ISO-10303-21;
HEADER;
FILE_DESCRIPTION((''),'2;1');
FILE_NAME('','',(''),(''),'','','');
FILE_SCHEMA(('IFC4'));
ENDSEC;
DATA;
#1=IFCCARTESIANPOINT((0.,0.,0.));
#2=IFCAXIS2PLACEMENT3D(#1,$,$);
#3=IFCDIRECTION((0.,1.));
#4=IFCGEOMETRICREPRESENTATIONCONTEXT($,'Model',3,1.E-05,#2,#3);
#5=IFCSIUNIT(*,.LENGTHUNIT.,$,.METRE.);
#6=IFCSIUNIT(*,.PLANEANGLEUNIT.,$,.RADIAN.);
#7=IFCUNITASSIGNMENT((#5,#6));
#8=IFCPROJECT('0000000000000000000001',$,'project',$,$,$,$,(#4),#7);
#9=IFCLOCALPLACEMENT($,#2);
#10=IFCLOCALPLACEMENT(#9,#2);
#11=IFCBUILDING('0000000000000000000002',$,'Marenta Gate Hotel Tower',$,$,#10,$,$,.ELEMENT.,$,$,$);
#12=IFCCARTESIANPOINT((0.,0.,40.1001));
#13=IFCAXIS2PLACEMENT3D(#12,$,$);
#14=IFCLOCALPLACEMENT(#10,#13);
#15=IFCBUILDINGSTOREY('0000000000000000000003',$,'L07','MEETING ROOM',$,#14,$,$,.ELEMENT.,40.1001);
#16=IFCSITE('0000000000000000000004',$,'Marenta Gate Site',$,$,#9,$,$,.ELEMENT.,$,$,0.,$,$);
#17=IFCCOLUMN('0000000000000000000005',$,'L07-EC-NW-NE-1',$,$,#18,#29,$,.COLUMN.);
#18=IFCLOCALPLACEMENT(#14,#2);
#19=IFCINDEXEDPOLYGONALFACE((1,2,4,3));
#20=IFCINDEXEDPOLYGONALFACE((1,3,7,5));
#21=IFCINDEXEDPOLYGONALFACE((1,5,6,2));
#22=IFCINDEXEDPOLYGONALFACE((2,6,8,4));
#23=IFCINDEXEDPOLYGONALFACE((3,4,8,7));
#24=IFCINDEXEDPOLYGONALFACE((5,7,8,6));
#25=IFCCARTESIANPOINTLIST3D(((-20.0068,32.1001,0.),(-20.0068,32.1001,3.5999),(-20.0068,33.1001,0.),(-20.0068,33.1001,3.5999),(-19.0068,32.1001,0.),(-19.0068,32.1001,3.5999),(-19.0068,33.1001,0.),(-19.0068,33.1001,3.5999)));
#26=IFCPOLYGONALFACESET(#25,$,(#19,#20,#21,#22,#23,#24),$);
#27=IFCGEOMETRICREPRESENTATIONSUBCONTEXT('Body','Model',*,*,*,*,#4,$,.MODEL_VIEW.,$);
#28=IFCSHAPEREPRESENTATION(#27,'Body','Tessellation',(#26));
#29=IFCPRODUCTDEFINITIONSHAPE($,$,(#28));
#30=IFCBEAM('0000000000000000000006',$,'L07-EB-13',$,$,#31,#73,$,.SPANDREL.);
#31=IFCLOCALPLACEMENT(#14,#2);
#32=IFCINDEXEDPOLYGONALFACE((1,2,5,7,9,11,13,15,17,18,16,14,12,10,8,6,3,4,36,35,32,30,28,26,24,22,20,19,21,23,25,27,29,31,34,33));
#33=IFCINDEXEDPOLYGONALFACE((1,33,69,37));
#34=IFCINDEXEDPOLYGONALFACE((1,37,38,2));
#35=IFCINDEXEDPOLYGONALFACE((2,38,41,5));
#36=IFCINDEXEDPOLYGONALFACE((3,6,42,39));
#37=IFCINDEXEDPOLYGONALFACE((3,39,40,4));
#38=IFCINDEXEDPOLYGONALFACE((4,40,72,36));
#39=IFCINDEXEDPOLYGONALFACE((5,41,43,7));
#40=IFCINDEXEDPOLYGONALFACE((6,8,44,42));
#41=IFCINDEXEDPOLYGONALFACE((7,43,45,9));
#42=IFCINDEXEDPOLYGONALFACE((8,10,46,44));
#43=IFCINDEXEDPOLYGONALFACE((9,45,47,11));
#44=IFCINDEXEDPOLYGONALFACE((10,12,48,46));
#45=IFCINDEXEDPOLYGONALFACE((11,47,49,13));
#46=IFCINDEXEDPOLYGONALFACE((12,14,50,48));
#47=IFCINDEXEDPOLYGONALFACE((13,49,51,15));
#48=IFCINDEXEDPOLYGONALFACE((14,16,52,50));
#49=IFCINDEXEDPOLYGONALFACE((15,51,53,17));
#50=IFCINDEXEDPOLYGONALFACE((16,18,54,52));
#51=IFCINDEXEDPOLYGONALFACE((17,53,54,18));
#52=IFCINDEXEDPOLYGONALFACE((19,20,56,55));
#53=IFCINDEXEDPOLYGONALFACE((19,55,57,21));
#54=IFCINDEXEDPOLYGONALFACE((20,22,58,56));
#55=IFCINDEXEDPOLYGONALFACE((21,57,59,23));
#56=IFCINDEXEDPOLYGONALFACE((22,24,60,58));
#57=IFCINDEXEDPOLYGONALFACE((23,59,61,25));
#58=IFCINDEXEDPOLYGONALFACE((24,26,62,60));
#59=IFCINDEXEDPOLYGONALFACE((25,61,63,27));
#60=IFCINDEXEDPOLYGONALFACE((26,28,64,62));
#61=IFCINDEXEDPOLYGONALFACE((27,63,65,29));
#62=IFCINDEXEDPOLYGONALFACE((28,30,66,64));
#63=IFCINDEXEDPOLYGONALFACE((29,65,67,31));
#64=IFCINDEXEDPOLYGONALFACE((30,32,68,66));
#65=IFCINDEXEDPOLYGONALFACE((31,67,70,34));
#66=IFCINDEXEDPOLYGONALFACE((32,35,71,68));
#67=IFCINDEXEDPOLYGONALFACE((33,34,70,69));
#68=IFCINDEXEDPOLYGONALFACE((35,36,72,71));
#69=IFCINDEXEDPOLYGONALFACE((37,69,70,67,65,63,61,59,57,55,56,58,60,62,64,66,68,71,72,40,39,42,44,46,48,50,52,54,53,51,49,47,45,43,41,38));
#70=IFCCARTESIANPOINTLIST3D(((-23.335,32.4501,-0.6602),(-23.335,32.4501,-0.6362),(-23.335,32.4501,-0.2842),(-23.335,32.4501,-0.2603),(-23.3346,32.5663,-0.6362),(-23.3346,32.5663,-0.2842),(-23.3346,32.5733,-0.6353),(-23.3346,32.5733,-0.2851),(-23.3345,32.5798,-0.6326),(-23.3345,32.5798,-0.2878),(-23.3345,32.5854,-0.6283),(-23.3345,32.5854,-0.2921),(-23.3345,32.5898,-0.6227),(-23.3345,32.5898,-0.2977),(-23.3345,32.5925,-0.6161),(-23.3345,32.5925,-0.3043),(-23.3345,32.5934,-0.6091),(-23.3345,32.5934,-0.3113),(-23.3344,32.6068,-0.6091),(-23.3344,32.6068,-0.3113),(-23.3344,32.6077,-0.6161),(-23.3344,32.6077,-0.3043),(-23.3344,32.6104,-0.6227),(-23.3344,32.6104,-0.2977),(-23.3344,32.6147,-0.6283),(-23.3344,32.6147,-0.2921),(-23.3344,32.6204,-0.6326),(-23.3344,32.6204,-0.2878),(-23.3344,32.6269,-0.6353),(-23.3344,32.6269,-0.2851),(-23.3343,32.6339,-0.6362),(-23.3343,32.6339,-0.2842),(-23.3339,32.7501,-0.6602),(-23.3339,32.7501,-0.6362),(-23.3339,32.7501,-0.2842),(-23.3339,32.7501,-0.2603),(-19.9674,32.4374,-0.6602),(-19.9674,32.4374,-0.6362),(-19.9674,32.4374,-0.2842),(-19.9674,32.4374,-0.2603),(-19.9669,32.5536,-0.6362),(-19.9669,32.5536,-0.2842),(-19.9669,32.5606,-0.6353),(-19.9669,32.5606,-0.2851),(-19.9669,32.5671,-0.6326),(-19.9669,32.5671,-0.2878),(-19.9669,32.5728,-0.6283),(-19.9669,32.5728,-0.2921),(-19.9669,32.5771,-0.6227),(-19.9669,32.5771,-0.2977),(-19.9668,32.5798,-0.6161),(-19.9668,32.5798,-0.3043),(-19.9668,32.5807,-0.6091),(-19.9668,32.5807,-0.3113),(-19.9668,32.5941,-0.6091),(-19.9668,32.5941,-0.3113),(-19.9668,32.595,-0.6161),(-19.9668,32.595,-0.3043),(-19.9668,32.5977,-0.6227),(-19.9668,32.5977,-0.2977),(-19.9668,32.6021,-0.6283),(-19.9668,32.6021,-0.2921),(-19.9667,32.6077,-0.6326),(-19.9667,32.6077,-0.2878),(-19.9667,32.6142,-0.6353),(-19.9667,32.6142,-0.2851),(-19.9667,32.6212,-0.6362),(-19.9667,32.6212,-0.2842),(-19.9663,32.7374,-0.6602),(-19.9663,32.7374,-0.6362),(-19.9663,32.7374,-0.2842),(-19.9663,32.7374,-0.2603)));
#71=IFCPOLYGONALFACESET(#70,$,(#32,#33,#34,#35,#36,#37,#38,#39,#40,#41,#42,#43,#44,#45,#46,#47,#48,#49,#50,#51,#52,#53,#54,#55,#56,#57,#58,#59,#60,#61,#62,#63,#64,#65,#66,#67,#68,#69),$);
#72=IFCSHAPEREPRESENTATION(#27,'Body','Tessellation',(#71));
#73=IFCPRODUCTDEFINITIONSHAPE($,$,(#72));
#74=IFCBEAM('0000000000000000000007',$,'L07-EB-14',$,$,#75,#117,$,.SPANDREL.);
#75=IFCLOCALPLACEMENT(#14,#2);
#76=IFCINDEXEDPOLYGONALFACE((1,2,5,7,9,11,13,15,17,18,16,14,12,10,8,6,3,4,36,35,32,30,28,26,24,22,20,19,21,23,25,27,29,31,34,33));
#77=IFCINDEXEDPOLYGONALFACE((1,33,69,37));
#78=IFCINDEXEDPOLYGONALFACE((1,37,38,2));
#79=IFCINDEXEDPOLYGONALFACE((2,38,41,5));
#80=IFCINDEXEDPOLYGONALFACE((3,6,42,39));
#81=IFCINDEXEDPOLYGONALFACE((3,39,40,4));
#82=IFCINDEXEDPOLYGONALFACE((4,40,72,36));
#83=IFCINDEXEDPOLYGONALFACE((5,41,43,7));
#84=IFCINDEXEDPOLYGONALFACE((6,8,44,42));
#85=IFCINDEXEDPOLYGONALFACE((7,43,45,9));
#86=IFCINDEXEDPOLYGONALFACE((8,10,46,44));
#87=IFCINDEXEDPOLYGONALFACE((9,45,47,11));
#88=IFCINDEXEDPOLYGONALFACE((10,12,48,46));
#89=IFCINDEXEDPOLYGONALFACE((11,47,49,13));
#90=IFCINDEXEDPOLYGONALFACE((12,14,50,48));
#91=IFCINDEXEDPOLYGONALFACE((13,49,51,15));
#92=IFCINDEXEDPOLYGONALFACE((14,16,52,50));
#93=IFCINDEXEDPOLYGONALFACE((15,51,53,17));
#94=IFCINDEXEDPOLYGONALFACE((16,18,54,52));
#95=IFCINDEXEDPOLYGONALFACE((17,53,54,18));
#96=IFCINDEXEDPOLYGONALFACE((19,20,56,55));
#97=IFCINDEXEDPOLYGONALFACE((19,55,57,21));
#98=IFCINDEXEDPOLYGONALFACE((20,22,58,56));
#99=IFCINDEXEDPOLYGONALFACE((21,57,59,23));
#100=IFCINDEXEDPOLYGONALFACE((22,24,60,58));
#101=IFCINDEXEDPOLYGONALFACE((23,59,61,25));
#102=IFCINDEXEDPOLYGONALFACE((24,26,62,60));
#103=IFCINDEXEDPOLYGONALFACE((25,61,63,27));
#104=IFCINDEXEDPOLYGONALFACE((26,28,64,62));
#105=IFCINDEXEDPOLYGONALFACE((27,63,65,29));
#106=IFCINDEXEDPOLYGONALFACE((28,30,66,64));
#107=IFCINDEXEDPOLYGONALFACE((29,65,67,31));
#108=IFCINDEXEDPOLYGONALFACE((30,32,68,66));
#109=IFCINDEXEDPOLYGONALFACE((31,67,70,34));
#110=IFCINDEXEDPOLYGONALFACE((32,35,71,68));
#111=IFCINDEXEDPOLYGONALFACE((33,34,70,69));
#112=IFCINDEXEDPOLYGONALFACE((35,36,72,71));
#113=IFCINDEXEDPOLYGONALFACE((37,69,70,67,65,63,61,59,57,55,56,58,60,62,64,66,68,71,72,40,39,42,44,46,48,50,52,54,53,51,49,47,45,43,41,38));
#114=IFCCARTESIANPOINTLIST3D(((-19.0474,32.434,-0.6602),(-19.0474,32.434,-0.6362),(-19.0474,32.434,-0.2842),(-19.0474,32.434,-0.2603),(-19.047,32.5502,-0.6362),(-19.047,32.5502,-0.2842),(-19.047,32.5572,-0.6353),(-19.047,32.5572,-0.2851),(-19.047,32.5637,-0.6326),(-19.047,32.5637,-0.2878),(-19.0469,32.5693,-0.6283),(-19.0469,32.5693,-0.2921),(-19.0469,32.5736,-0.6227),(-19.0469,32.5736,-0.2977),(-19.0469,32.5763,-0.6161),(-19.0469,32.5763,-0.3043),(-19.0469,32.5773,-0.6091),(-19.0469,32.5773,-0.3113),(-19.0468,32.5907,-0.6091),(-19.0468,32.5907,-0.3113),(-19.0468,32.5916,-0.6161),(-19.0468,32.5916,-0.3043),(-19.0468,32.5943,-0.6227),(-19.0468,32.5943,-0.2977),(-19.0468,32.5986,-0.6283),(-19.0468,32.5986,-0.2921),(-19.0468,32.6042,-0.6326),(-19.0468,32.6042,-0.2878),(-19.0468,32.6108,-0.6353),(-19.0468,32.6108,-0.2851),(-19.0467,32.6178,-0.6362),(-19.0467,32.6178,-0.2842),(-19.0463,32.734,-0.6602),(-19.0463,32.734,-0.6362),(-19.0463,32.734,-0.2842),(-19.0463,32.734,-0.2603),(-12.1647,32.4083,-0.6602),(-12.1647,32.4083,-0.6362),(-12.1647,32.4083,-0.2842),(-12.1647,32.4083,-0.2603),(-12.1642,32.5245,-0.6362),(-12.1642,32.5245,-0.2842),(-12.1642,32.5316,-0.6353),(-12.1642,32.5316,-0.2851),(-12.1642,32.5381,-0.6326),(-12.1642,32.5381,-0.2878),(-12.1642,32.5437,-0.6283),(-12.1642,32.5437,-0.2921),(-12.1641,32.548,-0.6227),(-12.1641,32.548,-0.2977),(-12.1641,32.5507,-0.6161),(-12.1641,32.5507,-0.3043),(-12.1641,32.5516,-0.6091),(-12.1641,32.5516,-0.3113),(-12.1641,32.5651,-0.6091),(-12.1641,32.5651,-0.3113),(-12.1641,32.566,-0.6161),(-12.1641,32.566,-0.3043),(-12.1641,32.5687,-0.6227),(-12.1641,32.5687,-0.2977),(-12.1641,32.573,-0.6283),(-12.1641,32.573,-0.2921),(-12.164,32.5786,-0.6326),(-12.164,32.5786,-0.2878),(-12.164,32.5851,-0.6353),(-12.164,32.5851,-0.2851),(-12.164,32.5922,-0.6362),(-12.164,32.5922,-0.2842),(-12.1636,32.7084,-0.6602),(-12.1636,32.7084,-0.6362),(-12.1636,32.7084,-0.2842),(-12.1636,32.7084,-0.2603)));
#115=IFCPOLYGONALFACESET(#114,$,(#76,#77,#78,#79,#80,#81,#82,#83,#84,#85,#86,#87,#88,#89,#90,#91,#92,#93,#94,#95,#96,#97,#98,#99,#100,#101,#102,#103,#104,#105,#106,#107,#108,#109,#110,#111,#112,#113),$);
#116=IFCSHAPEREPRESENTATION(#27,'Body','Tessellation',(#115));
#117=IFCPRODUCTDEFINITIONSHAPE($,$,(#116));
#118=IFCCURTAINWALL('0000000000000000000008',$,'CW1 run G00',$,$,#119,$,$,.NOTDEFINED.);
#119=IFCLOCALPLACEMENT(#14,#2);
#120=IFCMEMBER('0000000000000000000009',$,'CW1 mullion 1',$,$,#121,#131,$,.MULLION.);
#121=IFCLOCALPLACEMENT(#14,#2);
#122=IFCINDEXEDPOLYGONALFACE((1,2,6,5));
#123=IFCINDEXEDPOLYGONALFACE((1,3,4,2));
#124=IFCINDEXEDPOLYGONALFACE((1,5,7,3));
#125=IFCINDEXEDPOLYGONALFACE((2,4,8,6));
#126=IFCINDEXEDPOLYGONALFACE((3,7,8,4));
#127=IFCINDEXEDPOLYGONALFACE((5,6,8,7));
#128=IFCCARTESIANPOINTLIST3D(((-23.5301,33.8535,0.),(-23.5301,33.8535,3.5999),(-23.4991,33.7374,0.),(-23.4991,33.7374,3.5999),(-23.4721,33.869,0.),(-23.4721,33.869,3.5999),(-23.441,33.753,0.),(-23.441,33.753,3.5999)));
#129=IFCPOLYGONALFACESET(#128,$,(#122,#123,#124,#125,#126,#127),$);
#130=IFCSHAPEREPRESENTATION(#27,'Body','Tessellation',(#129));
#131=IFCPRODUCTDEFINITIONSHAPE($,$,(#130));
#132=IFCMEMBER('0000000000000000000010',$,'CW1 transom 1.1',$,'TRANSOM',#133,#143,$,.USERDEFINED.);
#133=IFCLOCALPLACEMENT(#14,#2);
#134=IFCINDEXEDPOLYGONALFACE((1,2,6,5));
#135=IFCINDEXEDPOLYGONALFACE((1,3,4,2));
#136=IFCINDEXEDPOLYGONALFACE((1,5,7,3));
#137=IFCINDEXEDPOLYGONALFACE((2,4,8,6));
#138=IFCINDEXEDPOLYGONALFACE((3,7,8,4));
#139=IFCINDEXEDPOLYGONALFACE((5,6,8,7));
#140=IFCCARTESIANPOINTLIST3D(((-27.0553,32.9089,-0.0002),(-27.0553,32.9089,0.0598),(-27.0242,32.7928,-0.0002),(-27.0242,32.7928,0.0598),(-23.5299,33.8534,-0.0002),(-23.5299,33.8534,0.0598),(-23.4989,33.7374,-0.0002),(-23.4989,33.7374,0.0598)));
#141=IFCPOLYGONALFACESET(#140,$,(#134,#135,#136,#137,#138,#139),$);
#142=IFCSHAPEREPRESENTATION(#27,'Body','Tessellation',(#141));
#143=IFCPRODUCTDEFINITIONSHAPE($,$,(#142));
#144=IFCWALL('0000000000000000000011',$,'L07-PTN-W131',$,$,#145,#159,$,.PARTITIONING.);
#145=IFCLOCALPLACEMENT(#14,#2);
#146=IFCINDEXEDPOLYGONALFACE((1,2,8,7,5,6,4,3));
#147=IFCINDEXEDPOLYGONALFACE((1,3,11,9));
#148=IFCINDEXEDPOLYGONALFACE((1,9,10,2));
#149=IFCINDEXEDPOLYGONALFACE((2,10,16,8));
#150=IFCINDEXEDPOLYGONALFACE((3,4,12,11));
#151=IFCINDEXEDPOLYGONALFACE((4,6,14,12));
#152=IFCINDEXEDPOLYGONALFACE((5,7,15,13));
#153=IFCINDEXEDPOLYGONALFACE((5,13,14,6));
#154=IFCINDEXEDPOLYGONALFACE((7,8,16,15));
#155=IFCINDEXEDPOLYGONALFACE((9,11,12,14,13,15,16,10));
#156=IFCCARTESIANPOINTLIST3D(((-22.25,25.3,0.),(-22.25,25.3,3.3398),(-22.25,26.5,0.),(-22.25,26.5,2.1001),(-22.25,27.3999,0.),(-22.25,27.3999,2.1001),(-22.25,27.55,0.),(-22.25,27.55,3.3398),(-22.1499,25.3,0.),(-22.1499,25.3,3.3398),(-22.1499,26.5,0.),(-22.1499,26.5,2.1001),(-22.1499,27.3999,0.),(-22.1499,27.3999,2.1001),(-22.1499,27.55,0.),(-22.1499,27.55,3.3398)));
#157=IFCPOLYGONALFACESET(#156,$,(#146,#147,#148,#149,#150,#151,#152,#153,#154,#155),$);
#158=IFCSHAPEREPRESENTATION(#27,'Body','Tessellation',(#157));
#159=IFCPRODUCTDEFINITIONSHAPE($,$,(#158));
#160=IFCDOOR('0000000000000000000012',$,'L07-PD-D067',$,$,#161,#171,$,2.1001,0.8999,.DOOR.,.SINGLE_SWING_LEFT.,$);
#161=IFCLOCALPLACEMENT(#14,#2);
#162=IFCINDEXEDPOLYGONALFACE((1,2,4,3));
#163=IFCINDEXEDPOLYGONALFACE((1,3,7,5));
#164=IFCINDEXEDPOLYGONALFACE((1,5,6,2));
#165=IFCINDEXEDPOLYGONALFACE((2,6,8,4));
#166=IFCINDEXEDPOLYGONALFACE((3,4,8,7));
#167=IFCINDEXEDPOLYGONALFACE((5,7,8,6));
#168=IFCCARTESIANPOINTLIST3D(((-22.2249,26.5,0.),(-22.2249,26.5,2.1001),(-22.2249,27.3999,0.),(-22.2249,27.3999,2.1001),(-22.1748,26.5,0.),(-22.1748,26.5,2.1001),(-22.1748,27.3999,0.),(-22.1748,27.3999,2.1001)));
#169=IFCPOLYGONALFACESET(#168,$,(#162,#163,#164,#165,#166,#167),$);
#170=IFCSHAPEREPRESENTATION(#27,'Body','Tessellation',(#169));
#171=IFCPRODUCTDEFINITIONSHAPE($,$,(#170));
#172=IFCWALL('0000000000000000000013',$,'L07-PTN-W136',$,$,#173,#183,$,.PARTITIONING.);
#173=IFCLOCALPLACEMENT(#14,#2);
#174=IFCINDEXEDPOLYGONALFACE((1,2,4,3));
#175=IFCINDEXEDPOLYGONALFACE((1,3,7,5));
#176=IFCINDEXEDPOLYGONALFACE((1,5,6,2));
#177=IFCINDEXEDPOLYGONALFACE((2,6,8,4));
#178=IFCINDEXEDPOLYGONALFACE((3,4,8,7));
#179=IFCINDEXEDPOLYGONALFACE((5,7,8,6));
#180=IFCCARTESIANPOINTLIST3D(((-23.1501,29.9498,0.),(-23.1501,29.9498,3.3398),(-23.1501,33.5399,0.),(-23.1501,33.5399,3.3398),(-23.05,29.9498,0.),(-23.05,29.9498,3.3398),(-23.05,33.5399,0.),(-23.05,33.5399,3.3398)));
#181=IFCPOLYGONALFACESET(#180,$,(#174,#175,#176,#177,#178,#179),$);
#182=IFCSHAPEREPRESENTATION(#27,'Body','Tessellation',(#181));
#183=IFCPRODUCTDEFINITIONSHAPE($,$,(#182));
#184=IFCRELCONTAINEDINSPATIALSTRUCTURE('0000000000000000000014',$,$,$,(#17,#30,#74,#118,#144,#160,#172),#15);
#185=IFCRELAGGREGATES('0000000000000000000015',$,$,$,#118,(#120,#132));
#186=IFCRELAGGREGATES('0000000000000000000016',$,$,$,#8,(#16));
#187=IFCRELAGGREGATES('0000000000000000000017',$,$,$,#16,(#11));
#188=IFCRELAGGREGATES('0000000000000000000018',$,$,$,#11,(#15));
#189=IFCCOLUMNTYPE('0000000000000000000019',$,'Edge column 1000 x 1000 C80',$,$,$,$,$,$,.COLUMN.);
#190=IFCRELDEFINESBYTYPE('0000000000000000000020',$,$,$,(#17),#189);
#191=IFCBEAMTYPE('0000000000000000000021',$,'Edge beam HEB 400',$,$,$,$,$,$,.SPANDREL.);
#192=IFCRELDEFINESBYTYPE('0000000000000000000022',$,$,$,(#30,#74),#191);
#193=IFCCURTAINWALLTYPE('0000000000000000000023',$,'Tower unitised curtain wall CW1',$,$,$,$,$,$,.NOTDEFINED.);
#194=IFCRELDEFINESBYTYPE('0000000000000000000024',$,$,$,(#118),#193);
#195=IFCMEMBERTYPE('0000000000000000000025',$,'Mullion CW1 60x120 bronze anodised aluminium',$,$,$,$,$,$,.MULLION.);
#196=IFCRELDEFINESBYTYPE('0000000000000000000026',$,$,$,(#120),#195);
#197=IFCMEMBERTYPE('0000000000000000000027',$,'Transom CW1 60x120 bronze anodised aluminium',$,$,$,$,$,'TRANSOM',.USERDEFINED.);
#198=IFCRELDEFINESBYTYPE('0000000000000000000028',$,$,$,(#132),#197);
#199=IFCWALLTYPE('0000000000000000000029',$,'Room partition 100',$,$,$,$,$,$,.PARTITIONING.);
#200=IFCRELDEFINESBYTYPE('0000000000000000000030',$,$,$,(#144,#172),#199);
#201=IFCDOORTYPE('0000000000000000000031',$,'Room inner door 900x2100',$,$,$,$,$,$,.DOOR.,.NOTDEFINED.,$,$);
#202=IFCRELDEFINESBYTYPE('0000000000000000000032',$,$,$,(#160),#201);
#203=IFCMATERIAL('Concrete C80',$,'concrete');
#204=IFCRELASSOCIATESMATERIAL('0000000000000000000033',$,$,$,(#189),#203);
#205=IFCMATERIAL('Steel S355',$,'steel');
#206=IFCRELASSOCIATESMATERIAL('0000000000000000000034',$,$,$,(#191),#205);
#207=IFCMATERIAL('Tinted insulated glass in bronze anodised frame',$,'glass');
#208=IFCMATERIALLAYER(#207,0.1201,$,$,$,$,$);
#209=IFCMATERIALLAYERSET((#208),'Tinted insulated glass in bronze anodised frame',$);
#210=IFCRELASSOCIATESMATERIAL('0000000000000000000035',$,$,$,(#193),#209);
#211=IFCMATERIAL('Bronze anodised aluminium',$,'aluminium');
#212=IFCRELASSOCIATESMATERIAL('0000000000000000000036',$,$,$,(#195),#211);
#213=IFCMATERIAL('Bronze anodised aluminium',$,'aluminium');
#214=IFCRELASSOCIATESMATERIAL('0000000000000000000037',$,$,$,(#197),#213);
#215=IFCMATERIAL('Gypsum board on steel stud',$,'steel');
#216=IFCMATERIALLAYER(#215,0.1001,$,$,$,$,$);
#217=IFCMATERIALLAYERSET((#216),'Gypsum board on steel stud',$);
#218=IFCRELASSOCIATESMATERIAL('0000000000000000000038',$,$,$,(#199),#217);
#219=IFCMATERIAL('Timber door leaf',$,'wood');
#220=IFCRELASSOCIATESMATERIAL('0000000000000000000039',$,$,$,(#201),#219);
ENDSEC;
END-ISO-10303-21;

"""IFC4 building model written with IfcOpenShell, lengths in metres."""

from ifc_helpers import new_model, si_unit, direction, frame, frame_2d, origin, origin_2d, place, context, subcontext, project, spatial, rectangle, i_section, extrude, material, layer, layer_set, material_profile, profile_set, type_object, element, fill, aggregate, save


model = new_model("IFC4")

# Units and contexts
model_context = context("Model", 3, precision=1e-05, world=origin(), true_north=direction((0.0, 1.0)))
body_context = subcontext(model_context, "Body", "Model", "MODEL_VIEW")
ifc_project = project(units=[si_unit("LENGTHUNIT", "METRE"), si_unit("PLANEANGLEUNIT", "RADIAN")], contexts=[model_context])

# Site, building, storey
site_placement = place(None, origin())
site = spatial("IfcSite", under=ifc_project, at=site_placement, Name="Marenta Gate Site", CompositionType="ELEMENT", RefElevation=0.0)
building_placement = place(site_placement, origin())
building = spatial("IfcBuilding", under=site, at=building_placement, Name="Marenta Gate Hotel Tower", CompositionType="ELEMENT")
storey_placement = place(building_placement, frame((0.0, 0.0, 40.1001)))
storey = spatial("IfcBuildingStorey", under=building, at=storey_placement, Name="L07", Description="MEETING ROOM", CompositionType="ELEMENT", Elevation=40.1001)

# Column
ifc_material_1 = material(Name="Concrete C80", Category="concrete")
ifc_material_profile_1 = material_profile(ifc_material_1, rectangle(XDim=1.0, YDim=1.0, at=origin_2d()), Name="1000 x 1000")
ifc_profile_set_1 = profile_set([ifc_material_profile_1], Name="Concrete C80")
column_type = type_object("IfcColumnType", Name="Edge column 1000 x 1000 C80", PredefinedType="COLUMN", material=ifc_profile_set_1)
column_placement = place(storey_placement, frame((-19.5068, 32.6001, 0.0), z_axis=(0.0, 0.0, 1.0), x_axis=(1.0, 0.0, 0.0)))
element("IfcColumn", 1, at=column_placement, inside=storey, type_object=column_type, Name="L07-EC-NW-NE-1", PredefinedType="COLUMN", context=body_context, shape_type="SweptSolid", body=[
    extrude(rectangle(XDim=1.0, YDim=1.0, at=origin_2d()), origin(), (0.0, 0.0, 1.0), 3.5999),
])

# Beams
ifc_material_2 = material(Name="Steel S355", Category="steel")
ifc_material_profile_2 = material_profile(ifc_material_2, i_section(OverallWidth=0.3, OverallDepth=0.3999, WebThickness=0.0134, FlangeThickness=0.0239, FilletRadius=0.0271, at=origin_2d()), Name="HEB 400")
ifc_profile_set_2 = profile_set([ifc_material_profile_2], Name="Steel S355")
beam_type = type_object("IfcBeamType", Name="Edge beam HEB 400", PredefinedType="SPANDREL", material=ifc_profile_set_2)
beam_1_placement = place(storey_placement, frame((-23.3345, 32.6001, -0.4602), z_axis=(0.999993, -0.00377, 0.0), x_axis=(0.00377, 0.999993, 0.0)))
element("IfcBeam", 2, at=beam_1_placement, inside=storey, type_object=beam_type, Name="L07-EB-13", PredefinedType="SPANDREL", context=body_context, shape_type="SweptSolid", body=[
    extrude(i_section(OverallWidth=0.3, OverallDepth=0.3999, WebThickness=0.0134, FlangeThickness=0.0239, FilletRadius=0.0271, at=origin_2d()), origin(), (0.0, 0.0, 1.0), 3.3677),
])
beam_2_placement = place(storey_placement, frame((-19.0469, 32.584, -0.4602), z_axis=(0.999993, -0.003724, 0.0), x_axis=(0.003724, 0.999993, 0.0)))
element("IfcBeam", 3, at=beam_2_placement, inside=storey, type_object=beam_type, Name="L07-EB-14", PredefinedType="SPANDREL", context=body_context, shape_type="SweptSolid", body=[
    extrude(i_section(OverallWidth=0.3, OverallDepth=0.3999, WebThickness=0.0134, FlangeThickness=0.0239, FilletRadius=0.0271, at=origin_2d()), origin(), (0.0, 0.0, 1.0), 6.8828),
])

# Curtain wall, members
ifc_material_3 = material(Name="Tinted insulated glass in bronze anodised frame", Category="glass")
ifc_layer_1 = layer(ifc_material_3, 0.1201)
ifc_layer_set_1 = layer_set([ifc_layer_1], Name="Tinted insulated glass in bronze anodised frame")
curtain_wall_type = type_object("IfcCurtainWallType", Name="Tower unitised curtain wall CW1", PredefinedType="NOTDEFINED", material=ifc_layer_set_1)
curtain_wall_placement = place(storey_placement, origin())
curtain_wall = element("IfcCurtainWall", 4, at=curtain_wall_placement, inside=storey, type_object=curtain_wall_type, Name="CW1 run G00", PredefinedType="NOTDEFINED")
ifc_material_4 = material(Name="Bronze anodised aluminium", Category="aluminium")
ifc_material_profile_3 = material_profile(ifc_material_4, rectangle(XDim=0.1201, YDim=0.0601, at=origin_2d()), Name="Mullion CW1 60x120 bronze anodised aluminium")
ifc_profile_set_3 = profile_set([ifc_material_profile_3], Name="Bronze anodised aluminium")
member_type_1 = type_object("IfcMemberType", Name="Mullion CW1 60x120 bronze anodised aluminium", PredefinedType="MULLION", material=ifc_profile_set_3)
member_1_placement = place(storey_placement, frame((-23.4856, 33.8032, 0.0), z_axis=(0.0, 0.0, 1.0), x_axis=(0.258802, -0.96593, 0.0)))
member_1 = element("IfcMember", 5, at=member_1_placement, type_object=member_type_1, Name="CW1 mullion 1", PredefinedType="MULLION", context=body_context, shape_type="SweptSolid", body=[
    extrude(rectangle(XDim=0.1201, YDim=0.0601, at=origin_2d()), origin(), (0.0, 0.0, 1.0), 3.5999),
])
ifc_material_5 = material(Name="Bronze anodised aluminium", Category="aluminium")
ifc_material_profile_4 = material_profile(ifc_material_5, rectangle(XDim=0.1201, YDim=0.0601, at=origin_2d()), Name="Transom CW1 60x120 bronze anodised aluminium")
ifc_profile_set_4 = profile_set([ifc_material_profile_4], Name="Bronze anodised aluminium")
member_type_2 = type_object("IfcMemberType", Name="Transom CW1 60x120 bronze anodised aluminium", ElementType="TRANSOM", PredefinedType="USERDEFINED", material=ifc_profile_set_4)
member_2_placement = place(storey_placement, frame((-23.5144, 33.7954, 0.0298), z_axis=(-0.965929, -0.258807, 0.0), x_axis=(0.258807, -0.965929, 0.0)))
member_2 = element("IfcMember", 6, at=member_2_placement, type_object=member_type_2, Name="CW1 transom 1.1", ObjectType="TRANSOM", PredefinedType="USERDEFINED", context=body_context, shape_type="SweptSolid", body=[
    extrude(rectangle(XDim=0.1201, YDim=0.0601, at=origin_2d()), origin(), (0.0, 0.0, 1.0), 3.6497),
])
aggregate(curtain_wall, [member_1, member_2])

# Wall, opening, door
ifc_material_6 = material(Name="Gypsum board on steel stud", Category="steel")
ifc_layer_2 = layer(ifc_material_6, 0.1001)
ifc_layer_set_2 = layer_set([ifc_layer_2], Name="Gypsum board on steel stud")
wall_type = type_object("IfcWallType", Name="Room partition 100", PredefinedType="PARTITIONING", material=ifc_layer_set_2)
wall_1_placement = place(storey_placement, frame((-22.2, 25.3, 0.0), z_axis=(0.0, 0.0, 1.0), x_axis=(0.0, 1.0, 0.0)))
wall_1 = element("IfcWall", 7, at=wall_1_placement, inside=storey, type_object=wall_type, Name="L07-PTN-W131", PredefinedType="PARTITIONING", context=body_context, shape_type="SweptSolid", body=[
    extrude(rectangle(XDim=2.25, YDim=0.1001, at=frame_2d((1.125, 0.0))), origin(), (0.0, 0.0, 1.0), 3.3398),
])
opening_1_placement = place(wall_1_placement, frame((1.2, 0.0, 0.0)))
opening_1 = element("IfcOpeningElement", 8, at=opening_1_placement, cuts=wall_1, PredefinedType="OPENING", context=body_context, shape_type="SweptSolid", body=[
    extrude(rectangle(XDim=0.8999, YDim=2.1001, at=frame_2d((0.45, 1.05))), frame((0.0, 0.05, 0.0), z_axis=(0.0, -1.0, 0.0), x_axis=(1.0, 0.0, 0.0)), (0.0, 0.0, 1.0), 0.1001),
])
ifc_material_7 = material(Name="Timber door leaf", Category="wood")
door_type_1 = type_object("IfcDoorType", Name="Room inner door 900x2100", OperationType="NOTDEFINED", PredefinedType="DOOR", material=ifc_material_7)
door_1_placement = place(opening_1_placement, origin())
door_1 = element("IfcDoor", 9, at=door_1_placement, inside=storey, type_object=door_type_1, Name="L07-PD-D067", OperationType="SINGLE_SWING_LEFT", OverallHeight=2.1001, OverallWidth=0.8999, PredefinedType="DOOR", context=body_context, shape_type="SweptSolid", body=[
    extrude(rectangle(XDim=0.8999, YDim=2.1001, at=frame_2d((0.45, 1.05))), frame((0.0, 0.0249, 0.0), z_axis=(0.0, -1.0, 0.0), x_axis=(1.0, 0.0, 0.0)), (0.0, 0.0, 1.0), 0.05),
])
fill(opening_1, door_1)

# Wall
wall_2_placement = place(storey_placement, frame((-23.1001, 29.95, 0.0), z_axis=(0.0, 0.0, 1.0), x_axis=(0.0, 1.0, 0.0)))
element("IfcWall", 10, at=wall_2_placement, inside=storey, type_object=wall_type, Name="L07-PTN-W136", PredefinedType="PARTITIONING", context=body_context, shape_type="SweptSolid", body=[
    extrude(rectangle(XDim=3.5901, YDim=0.1001, at=frame_2d((1.7949, 0.0))), origin(), (0.0, 0.0, 1.0), 3.3398),
])

save(model, "model.ifc")
